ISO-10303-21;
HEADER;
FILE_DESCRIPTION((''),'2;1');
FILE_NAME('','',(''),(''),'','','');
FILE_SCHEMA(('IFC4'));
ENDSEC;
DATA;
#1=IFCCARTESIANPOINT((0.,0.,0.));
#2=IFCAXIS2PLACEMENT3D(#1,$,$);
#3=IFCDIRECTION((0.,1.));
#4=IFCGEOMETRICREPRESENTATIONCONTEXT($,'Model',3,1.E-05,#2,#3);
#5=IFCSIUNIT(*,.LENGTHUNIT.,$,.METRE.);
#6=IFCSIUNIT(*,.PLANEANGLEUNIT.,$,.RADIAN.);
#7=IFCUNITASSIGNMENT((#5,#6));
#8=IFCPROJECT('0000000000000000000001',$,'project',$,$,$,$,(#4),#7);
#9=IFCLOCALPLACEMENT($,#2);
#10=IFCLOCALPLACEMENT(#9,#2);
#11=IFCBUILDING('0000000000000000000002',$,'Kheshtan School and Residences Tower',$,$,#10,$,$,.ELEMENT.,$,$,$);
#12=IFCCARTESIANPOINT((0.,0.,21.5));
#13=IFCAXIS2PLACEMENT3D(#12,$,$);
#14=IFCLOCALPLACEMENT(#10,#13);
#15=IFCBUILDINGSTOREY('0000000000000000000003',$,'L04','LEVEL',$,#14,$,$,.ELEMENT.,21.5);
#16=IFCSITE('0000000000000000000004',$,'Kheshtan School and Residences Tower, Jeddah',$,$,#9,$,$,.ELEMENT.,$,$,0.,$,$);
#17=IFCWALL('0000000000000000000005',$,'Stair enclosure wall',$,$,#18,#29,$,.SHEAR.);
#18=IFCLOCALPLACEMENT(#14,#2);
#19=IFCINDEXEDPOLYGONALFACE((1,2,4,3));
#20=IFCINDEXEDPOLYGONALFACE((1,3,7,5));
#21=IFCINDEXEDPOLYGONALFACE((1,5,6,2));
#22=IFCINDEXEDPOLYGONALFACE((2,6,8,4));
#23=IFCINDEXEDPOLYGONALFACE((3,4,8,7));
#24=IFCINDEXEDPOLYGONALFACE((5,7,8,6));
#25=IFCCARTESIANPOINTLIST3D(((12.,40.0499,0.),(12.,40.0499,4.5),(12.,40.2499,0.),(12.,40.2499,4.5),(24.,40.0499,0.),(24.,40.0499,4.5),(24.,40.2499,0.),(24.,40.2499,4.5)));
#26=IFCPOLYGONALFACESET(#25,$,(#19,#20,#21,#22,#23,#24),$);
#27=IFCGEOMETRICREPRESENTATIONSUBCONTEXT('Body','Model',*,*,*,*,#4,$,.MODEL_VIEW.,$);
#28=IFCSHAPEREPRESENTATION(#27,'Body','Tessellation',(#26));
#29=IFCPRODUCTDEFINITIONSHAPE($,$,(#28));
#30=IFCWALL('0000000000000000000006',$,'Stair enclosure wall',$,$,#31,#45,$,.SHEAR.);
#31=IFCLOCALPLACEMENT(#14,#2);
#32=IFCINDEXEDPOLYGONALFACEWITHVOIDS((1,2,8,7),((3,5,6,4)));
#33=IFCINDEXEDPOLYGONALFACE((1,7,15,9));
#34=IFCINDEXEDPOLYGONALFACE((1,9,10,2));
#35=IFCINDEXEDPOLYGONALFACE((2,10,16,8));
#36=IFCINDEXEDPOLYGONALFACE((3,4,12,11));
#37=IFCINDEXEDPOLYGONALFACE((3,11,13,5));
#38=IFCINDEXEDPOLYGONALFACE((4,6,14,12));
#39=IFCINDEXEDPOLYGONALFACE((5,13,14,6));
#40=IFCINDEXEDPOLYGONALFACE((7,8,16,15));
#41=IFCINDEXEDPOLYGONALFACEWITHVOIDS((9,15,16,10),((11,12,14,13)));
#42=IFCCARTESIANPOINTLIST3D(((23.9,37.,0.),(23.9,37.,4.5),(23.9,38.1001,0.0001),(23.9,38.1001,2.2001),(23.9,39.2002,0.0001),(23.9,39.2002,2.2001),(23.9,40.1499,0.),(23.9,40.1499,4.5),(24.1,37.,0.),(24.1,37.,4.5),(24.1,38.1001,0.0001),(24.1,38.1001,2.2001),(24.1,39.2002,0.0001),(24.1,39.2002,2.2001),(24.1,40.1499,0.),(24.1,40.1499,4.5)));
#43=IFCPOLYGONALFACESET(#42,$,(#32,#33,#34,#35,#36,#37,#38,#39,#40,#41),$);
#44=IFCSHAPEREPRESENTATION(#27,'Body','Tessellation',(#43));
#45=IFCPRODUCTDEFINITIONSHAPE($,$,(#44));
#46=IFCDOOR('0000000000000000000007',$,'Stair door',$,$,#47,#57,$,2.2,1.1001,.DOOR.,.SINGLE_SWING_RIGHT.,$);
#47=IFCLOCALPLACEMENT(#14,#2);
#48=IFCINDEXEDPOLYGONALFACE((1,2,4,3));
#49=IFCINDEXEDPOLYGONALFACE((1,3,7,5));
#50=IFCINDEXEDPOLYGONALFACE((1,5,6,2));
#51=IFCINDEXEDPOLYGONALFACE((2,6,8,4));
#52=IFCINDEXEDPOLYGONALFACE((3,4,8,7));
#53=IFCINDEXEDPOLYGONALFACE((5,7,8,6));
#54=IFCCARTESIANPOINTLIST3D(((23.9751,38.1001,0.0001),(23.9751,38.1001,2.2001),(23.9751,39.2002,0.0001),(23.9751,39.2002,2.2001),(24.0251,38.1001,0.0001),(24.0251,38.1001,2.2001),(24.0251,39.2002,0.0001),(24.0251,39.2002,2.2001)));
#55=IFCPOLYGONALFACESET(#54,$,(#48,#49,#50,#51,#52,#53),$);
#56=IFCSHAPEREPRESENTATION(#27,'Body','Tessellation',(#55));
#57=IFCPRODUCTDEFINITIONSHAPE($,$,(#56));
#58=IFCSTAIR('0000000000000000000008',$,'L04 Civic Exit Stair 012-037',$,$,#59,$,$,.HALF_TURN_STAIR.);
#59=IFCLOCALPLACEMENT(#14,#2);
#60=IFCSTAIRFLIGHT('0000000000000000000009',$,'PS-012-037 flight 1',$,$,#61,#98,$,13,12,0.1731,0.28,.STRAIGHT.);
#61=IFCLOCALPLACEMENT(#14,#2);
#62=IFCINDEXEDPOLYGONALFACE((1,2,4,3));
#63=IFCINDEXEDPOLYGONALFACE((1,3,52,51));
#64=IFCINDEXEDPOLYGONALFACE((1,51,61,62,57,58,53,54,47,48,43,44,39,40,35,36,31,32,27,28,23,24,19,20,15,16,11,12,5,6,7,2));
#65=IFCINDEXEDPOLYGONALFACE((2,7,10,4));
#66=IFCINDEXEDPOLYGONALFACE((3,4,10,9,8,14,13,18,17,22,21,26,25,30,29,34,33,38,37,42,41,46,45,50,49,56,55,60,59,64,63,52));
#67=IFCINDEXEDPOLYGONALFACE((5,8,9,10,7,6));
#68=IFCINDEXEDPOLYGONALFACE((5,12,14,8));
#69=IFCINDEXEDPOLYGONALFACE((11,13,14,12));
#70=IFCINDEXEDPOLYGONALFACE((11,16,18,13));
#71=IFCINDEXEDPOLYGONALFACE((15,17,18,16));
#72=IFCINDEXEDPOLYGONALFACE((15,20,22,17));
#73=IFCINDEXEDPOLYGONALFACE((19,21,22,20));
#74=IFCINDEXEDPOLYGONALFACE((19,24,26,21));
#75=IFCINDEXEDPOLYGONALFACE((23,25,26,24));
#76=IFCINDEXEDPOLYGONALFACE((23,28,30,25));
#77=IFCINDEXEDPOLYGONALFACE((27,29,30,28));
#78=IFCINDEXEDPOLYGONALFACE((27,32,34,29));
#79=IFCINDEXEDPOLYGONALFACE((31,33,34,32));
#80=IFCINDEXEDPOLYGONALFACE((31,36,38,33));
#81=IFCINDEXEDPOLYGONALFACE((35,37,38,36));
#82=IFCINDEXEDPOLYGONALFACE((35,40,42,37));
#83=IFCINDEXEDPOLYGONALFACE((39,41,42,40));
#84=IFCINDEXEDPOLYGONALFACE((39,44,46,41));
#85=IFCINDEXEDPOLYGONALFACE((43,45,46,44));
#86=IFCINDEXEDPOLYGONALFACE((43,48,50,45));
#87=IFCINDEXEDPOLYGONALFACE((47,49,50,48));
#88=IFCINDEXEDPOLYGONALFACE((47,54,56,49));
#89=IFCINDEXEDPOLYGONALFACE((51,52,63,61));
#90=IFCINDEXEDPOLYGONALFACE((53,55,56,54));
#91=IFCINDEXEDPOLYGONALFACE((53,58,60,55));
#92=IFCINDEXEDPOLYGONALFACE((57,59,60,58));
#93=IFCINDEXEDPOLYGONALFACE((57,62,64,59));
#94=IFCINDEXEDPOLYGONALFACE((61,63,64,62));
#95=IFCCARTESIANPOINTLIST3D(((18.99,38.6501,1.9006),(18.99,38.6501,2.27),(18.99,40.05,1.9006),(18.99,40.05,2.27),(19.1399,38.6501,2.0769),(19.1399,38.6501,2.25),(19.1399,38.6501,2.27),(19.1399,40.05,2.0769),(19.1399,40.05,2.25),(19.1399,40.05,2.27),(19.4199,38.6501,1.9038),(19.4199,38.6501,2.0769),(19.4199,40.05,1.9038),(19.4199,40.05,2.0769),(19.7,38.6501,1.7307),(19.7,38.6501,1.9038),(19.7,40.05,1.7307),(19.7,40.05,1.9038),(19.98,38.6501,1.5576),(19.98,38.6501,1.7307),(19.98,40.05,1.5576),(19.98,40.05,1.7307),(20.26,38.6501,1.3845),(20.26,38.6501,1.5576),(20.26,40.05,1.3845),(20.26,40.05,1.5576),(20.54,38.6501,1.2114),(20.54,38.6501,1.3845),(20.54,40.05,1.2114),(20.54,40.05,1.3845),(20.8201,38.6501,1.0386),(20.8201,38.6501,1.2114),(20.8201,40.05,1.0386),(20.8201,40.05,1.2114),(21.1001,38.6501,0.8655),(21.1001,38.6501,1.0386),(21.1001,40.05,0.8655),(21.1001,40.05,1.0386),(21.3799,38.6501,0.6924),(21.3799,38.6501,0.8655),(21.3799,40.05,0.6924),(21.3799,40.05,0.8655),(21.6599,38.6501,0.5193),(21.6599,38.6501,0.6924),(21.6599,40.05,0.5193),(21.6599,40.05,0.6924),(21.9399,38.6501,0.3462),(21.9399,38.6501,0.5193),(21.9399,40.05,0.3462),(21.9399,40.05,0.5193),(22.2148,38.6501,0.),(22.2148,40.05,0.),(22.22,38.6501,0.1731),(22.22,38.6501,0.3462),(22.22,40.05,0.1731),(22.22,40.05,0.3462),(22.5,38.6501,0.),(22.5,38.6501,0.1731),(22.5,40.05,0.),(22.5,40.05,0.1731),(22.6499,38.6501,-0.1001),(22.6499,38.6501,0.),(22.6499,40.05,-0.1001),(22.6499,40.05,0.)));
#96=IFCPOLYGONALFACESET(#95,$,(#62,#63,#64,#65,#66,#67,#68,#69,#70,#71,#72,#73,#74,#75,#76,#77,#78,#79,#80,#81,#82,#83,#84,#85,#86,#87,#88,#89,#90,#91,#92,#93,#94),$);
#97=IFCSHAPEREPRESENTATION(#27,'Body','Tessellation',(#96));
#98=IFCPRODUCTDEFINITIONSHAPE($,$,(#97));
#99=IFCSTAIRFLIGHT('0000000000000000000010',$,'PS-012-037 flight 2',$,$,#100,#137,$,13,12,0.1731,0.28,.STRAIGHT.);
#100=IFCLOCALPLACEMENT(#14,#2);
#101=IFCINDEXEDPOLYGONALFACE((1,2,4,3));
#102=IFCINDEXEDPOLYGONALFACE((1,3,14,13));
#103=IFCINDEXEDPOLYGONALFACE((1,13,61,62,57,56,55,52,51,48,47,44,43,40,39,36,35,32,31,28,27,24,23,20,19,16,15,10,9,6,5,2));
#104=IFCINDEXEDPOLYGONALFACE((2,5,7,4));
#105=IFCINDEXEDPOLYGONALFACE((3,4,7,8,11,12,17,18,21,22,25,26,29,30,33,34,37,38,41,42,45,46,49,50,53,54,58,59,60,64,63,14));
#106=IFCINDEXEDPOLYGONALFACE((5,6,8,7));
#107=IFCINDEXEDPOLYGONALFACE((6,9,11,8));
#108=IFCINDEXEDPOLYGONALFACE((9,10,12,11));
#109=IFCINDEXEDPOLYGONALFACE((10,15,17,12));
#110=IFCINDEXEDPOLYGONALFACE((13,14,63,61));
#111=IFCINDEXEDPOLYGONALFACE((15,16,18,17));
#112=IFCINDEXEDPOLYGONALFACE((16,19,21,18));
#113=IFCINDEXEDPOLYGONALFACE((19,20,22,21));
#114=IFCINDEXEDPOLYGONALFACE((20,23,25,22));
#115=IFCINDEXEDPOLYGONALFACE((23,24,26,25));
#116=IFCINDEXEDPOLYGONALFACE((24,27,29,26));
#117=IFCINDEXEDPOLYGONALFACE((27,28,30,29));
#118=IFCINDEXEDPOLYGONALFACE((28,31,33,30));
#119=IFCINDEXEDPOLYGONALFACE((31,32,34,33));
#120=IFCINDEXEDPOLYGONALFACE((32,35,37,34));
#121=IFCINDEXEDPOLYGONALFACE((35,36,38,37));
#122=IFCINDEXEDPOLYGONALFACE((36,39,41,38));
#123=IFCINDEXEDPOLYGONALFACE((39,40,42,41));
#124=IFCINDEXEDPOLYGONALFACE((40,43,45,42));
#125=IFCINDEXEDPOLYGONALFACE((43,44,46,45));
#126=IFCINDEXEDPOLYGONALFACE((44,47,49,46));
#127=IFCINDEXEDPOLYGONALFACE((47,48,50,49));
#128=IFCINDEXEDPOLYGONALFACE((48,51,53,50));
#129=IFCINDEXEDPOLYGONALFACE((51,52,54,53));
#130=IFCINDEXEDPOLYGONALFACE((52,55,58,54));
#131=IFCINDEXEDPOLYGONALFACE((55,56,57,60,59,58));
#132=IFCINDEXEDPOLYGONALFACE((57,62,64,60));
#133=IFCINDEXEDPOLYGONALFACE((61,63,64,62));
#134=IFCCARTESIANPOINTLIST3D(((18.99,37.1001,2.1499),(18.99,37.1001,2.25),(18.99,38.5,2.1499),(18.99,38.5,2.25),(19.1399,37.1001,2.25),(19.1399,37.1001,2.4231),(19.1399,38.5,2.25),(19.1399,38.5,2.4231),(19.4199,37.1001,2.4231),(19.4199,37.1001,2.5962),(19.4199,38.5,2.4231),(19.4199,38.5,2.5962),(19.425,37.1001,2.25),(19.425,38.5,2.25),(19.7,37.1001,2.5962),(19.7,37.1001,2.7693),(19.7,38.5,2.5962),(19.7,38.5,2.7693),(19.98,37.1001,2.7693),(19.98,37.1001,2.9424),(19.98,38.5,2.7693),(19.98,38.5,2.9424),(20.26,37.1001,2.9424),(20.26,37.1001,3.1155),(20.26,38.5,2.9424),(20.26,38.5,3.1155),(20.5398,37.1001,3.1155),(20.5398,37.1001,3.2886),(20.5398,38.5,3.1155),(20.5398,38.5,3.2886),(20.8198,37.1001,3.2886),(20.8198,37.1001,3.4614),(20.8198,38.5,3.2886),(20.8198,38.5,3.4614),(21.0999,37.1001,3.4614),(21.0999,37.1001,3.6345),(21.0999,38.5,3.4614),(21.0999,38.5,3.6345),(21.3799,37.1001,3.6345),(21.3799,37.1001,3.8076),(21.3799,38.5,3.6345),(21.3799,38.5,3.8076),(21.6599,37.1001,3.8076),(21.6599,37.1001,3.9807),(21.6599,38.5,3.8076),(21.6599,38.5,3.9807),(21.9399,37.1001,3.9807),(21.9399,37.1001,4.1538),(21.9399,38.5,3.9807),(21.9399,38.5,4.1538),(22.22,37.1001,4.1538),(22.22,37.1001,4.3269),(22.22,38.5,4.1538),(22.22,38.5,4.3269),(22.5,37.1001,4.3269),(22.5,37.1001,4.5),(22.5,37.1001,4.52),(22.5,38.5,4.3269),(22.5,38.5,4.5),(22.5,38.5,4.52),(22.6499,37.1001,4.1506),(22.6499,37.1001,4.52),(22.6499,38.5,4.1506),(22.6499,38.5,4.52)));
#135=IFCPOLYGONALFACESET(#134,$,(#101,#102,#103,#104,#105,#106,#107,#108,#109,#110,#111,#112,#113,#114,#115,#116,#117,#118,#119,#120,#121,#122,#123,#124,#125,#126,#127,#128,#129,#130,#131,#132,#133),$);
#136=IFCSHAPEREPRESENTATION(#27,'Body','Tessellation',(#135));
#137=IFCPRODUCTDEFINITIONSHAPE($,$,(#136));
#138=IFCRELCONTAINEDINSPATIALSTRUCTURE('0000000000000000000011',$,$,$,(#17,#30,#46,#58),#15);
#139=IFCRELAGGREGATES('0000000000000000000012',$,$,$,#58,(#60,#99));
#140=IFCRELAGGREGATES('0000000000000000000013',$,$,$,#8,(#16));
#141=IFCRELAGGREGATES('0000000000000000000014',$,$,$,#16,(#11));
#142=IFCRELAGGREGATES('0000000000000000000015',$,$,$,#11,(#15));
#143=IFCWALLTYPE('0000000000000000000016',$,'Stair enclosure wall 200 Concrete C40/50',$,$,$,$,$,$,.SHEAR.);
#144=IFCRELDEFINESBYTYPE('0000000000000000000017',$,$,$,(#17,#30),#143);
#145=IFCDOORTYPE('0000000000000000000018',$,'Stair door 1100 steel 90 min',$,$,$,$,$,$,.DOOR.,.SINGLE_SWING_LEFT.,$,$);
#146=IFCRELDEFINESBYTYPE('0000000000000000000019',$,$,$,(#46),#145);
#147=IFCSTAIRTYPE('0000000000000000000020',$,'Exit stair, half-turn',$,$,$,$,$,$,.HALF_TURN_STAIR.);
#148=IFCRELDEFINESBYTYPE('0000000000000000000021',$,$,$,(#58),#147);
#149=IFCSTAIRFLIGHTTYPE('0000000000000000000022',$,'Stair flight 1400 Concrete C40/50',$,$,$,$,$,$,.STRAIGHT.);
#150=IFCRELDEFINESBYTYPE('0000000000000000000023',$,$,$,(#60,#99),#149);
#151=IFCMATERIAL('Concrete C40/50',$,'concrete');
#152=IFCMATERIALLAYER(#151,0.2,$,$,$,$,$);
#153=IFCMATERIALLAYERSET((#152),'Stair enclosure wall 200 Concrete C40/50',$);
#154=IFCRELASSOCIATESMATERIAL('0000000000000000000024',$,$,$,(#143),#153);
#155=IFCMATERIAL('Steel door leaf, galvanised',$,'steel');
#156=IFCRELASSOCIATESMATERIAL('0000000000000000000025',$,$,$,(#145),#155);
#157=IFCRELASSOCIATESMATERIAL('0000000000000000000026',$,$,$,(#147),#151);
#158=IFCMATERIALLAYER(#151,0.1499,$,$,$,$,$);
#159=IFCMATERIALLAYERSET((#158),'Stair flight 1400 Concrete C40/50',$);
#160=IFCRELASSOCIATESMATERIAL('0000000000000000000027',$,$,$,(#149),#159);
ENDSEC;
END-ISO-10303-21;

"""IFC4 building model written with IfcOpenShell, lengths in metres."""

from ifc_helpers import new_model, si_unit, direction, frame, frame_2d, origin, place, context, subcontext, project, spatial, polyline, rectangle, outline, extrude, source, transform, mapped, material, layer, layer_set, type_object, element, fill, aggregate, save


model = new_model("IFC4")

# Units and contexts
model_context = context("Model", 3, precision=1e-05, world=origin(), true_north=direction((0.0, 1.0)))
body_context = subcontext(model_context, "Body", "Model", "MODEL_VIEW")
ifc_project = project(units=[si_unit("LENGTHUNIT", "METRE"), si_unit("PLANEANGLEUNIT", "RADIAN")], contexts=[model_context])

# Site, building, storey
site_placement = place(None, origin())
site = spatial("IfcSite", under=ifc_project, at=site_placement, Name="Kheshtan School and Residences Tower, Jeddah", CompositionType="ELEMENT", RefElevation=0.0)
building_placement = place(site_placement, origin())
building = spatial("IfcBuilding", under=site, at=building_placement, Name="Kheshtan School and Residences Tower", CompositionType="ELEMENT")
storey_placement = place(building_placement, frame((0.0, 0.0, 21.5)))
storey = spatial("IfcBuildingStorey", under=building, at=storey_placement, Name="L04", Description="LEVEL", CompositionType="ELEMENT", Elevation=21.5)

# Wall
ifc_material_1 = material(Name="Concrete C40/50", Category="concrete")
ifc_layer_1 = layer(ifc_material_1, 0.2)
ifc_layer_set_1 = layer_set([ifc_layer_1], Name="Stair enclosure wall 200 Concrete C40/50")
wall_type_1 = type_object("IfcWallType", Name="Stair enclosure wall 200 Concrete C40/50", PredefinedType="SHEAR", material=ifc_layer_set_1)
wall_1_placement = place(storey_placement, frame((12.0, 40.1499, 0.0), z_axis=(0.0, 0.0, 1.0), x_axis=(1.0, 0.0, 0.0)))
element("IfcWall", 1, at=wall_1_placement, inside=storey, type_object=wall_type_1, Name="Stair enclosure wall", PredefinedType="SHEAR", context=body_context, shape_type="SweptSolid", body=[
    extrude(rectangle(XDim=12.0, YDim=0.2, at=frame_2d((6.0, 0.0))), origin(), (0.0, 0.0, 1.0), 4.5),
])

# Wall, opening, door
wall_2_placement = place(storey_placement, frame((24.0, 37.0, 0.0), z_axis=(0.0, 0.0, 1.0), x_axis=(0.0, 1.0, 0.0)))
wall_2 = element("IfcWall", 2, at=wall_2_placement, inside=storey, type_object=wall_type_1, Name="Stair enclosure wall", PredefinedType="SHEAR", context=body_context, shape_type="SweptSolid", body=[
    extrude(rectangle(XDim=3.1499, YDim=0.2, at=frame_2d((1.575, 0.0))), origin(), (0.0, 0.0, 1.0), 4.5),
])
opening_1_placement = place(wall_2_placement, frame((1.1001, 0.0, 0.0)))
opening_1 = element("IfcOpeningElement", 3, at=opening_1_placement, cuts=wall_2, PredefinedType="OPENING", context=body_context, shape_type="SweptSolid", body=[
    extrude(rectangle(XDim=1.1001, YDim=2.2, at=frame_2d((0.55, 1.1001))), frame((0.0, 0.1099, 0.0), z_axis=(0.0, -1.0, 0.0), x_axis=(1.0, 0.0, 0.0)), (0.0, 0.0, 1.0), 0.22),
])
ifc_material_2 = material(Name="Steel door leaf, galvanised", Category="steel")
door_type_1 = type_object("IfcDoorType", Name="Stair door 1100 steel 90 min", OperationType="SINGLE_SWING_LEFT", PredefinedType="DOOR", material=ifc_material_2)
shared_shape_1 = source(origin(), body_context, "Body", "SweptSolid", [
    extrude(rectangle(XDim=1.1001, YDim=2.2, at=frame_2d((0.55, 1.1001))), frame((0.0, 0.0249, 0.0), z_axis=(0.0, -1.0, 0.0), x_axis=(1.0, 0.0, 0.0)), (0.0, 0.0, 1.0), 0.05),
])
door_1_placement = place(opening_1_placement, origin())
door_1 = element("IfcDoor", 4, at=door_1_placement, inside=storey, type_object=door_type_1, Name="Stair door", OperationType="SINGLE_SWING_RIGHT", OverallHeight=2.2, OverallWidth=1.1001, PredefinedType="DOOR", context=body_context, shape_type="MappedRepresentation", body=[
    mapped(shared_shape_1, transform((0.0, 0.0, 0.0), x_axis=(1.0, 0.0, 0.0), y_axis=(0.0, 1.0, 0.0), z_axis=(0.0, 0.0, 1.0), scale=1.0)),
])
fill(opening_1, door_1)

# Stair, stair flights
stair_type = type_object("IfcStairType", Name="Exit stair, half-turn", PredefinedType="HALF_TURN_STAIR", material=ifc_material_1)
stair_placement = place(storey_placement, origin())
stair = element("IfcStair", 5, at=stair_placement, inside=storey, type_object=stair_type, Name="L04 Civic Exit Stair 012-037", PredefinedType="HALF_TURN_STAIR")
ifc_layer_2 = layer(ifc_material_1, 0.1499)
ifc_layer_set_2 = layer_set([ifc_layer_2], Name="Stair flight 1400 Concrete C40/50")
stair_flight_type = type_object("IfcStairFlightType", Name="Stair flight 1400 Concrete C40/50", PredefinedType="STRAIGHT", material=ifc_layer_set_2)
stair_flight_1_placement = place(storey_placement, frame((22.5, 39.3501, 0.0), z_axis=(0.0, 0.0, 1.0), x_axis=(-1.0, 0.0, 0.0)))
stair_flight_1 = element("IfcStairFlight", 6, at=stair_flight_1_placement, type_object=stair_flight_type, Name="PS-012-037 flight 1", NumberOfRisers=13, NumberOfTreads=12, PredefinedType="STRAIGHT", RiserHeight=0.1731, TreadLength=0.28, context=body_context, shape_type="SweptSolid", body=[
    extrude(outline(polyline([(-0.1499, -0.1001), (-0.1499, 0.0), (0.0, 0.0), (0.0, 0.1731), (0.28, 0.1731), (0.28, 0.3462), (0.5601, 0.3462), (0.5601, 0.5193), (0.8401, 0.5193), (0.8401, 0.6924), (1.1201, 0.6924), (1.1201, 0.8655), (1.3999, 0.8655), (1.3999, 1.0386), (1.6799, 1.0386), (1.6799, 1.2114), (1.96, 1.2114), (1.96, 1.3845), (2.24, 1.3845), (2.24, 1.5576), (2.52, 1.5576), (2.52, 1.7307), (2.8, 1.7307), (2.8, 1.9038), (3.0801, 1.9038), (3.0801, 2.0769), (3.3601, 2.0769), (3.3601, 2.25), (3.3601, 2.27), (3.51, 2.27), (3.51, 1.9006), (0.2852, 0.0), (-0.1499, -0.1001)])), frame((0.0, 0.7, 0.0), z_axis=(0.0, -1.0, 0.0), x_axis=(1.0, 0.0, 0.0)), (0.0, 0.0, 1.0), 1.3999),
])
stair_flight_2_placement = place(storey_placement, frame((19.1399, 37.8, 2.25), z_axis=(0.0, 0.0, 1.0), x_axis=(1.0, 0.0, 0.0)))
stair_flight_2 = element("IfcStairFlight", 7, at=stair_flight_2_placement, type_object=stair_flight_type, Name="PS-012-037 flight 2", NumberOfRisers=13, NumberOfTreads=12, PredefinedType="STRAIGHT", RiserHeight=0.1731, TreadLength=0.28, context=body_context, shape_type="SweptSolid", body=[
    extrude(outline(polyline([(-0.1499, -0.1001), (-0.1499, 0.0), (0.0, 0.0), (0.0, 0.1731), (0.28, 0.1731), (0.28, 0.3462), (0.5601, 0.3462), (0.5601, 0.5193), (0.8401, 0.5193), (0.8401, 0.6924), (1.1201, 0.6924), (1.1201, 0.8655), (1.3999, 0.8655), (1.3999, 1.0386), (1.6799, 1.0386), (1.6799, 1.2114), (1.96, 1.2114), (1.96, 1.3845), (2.24, 1.3845), (2.24, 1.5576), (2.52, 1.5576), (2.52, 1.7307), (2.8, 1.7307), (2.8, 1.9038), (3.0801, 1.9038), (3.0801, 2.0769), (3.3601, 2.0769), (3.3601, 2.25), (3.3601, 2.27), (3.51, 2.27), (3.51, 1.9006), (0.2852, 0.0), (-0.1499, -0.1001)])), frame((0.0, 0.7, 0.0), z_axis=(0.0, -1.0, 0.0), x_axis=(1.0, 0.0, 0.0)), (0.0, 0.0, 1.0), 1.3999),
])
aggregate(stair, [stair_flight_1, stair_flight_2])

save(model, "model.ifc")
